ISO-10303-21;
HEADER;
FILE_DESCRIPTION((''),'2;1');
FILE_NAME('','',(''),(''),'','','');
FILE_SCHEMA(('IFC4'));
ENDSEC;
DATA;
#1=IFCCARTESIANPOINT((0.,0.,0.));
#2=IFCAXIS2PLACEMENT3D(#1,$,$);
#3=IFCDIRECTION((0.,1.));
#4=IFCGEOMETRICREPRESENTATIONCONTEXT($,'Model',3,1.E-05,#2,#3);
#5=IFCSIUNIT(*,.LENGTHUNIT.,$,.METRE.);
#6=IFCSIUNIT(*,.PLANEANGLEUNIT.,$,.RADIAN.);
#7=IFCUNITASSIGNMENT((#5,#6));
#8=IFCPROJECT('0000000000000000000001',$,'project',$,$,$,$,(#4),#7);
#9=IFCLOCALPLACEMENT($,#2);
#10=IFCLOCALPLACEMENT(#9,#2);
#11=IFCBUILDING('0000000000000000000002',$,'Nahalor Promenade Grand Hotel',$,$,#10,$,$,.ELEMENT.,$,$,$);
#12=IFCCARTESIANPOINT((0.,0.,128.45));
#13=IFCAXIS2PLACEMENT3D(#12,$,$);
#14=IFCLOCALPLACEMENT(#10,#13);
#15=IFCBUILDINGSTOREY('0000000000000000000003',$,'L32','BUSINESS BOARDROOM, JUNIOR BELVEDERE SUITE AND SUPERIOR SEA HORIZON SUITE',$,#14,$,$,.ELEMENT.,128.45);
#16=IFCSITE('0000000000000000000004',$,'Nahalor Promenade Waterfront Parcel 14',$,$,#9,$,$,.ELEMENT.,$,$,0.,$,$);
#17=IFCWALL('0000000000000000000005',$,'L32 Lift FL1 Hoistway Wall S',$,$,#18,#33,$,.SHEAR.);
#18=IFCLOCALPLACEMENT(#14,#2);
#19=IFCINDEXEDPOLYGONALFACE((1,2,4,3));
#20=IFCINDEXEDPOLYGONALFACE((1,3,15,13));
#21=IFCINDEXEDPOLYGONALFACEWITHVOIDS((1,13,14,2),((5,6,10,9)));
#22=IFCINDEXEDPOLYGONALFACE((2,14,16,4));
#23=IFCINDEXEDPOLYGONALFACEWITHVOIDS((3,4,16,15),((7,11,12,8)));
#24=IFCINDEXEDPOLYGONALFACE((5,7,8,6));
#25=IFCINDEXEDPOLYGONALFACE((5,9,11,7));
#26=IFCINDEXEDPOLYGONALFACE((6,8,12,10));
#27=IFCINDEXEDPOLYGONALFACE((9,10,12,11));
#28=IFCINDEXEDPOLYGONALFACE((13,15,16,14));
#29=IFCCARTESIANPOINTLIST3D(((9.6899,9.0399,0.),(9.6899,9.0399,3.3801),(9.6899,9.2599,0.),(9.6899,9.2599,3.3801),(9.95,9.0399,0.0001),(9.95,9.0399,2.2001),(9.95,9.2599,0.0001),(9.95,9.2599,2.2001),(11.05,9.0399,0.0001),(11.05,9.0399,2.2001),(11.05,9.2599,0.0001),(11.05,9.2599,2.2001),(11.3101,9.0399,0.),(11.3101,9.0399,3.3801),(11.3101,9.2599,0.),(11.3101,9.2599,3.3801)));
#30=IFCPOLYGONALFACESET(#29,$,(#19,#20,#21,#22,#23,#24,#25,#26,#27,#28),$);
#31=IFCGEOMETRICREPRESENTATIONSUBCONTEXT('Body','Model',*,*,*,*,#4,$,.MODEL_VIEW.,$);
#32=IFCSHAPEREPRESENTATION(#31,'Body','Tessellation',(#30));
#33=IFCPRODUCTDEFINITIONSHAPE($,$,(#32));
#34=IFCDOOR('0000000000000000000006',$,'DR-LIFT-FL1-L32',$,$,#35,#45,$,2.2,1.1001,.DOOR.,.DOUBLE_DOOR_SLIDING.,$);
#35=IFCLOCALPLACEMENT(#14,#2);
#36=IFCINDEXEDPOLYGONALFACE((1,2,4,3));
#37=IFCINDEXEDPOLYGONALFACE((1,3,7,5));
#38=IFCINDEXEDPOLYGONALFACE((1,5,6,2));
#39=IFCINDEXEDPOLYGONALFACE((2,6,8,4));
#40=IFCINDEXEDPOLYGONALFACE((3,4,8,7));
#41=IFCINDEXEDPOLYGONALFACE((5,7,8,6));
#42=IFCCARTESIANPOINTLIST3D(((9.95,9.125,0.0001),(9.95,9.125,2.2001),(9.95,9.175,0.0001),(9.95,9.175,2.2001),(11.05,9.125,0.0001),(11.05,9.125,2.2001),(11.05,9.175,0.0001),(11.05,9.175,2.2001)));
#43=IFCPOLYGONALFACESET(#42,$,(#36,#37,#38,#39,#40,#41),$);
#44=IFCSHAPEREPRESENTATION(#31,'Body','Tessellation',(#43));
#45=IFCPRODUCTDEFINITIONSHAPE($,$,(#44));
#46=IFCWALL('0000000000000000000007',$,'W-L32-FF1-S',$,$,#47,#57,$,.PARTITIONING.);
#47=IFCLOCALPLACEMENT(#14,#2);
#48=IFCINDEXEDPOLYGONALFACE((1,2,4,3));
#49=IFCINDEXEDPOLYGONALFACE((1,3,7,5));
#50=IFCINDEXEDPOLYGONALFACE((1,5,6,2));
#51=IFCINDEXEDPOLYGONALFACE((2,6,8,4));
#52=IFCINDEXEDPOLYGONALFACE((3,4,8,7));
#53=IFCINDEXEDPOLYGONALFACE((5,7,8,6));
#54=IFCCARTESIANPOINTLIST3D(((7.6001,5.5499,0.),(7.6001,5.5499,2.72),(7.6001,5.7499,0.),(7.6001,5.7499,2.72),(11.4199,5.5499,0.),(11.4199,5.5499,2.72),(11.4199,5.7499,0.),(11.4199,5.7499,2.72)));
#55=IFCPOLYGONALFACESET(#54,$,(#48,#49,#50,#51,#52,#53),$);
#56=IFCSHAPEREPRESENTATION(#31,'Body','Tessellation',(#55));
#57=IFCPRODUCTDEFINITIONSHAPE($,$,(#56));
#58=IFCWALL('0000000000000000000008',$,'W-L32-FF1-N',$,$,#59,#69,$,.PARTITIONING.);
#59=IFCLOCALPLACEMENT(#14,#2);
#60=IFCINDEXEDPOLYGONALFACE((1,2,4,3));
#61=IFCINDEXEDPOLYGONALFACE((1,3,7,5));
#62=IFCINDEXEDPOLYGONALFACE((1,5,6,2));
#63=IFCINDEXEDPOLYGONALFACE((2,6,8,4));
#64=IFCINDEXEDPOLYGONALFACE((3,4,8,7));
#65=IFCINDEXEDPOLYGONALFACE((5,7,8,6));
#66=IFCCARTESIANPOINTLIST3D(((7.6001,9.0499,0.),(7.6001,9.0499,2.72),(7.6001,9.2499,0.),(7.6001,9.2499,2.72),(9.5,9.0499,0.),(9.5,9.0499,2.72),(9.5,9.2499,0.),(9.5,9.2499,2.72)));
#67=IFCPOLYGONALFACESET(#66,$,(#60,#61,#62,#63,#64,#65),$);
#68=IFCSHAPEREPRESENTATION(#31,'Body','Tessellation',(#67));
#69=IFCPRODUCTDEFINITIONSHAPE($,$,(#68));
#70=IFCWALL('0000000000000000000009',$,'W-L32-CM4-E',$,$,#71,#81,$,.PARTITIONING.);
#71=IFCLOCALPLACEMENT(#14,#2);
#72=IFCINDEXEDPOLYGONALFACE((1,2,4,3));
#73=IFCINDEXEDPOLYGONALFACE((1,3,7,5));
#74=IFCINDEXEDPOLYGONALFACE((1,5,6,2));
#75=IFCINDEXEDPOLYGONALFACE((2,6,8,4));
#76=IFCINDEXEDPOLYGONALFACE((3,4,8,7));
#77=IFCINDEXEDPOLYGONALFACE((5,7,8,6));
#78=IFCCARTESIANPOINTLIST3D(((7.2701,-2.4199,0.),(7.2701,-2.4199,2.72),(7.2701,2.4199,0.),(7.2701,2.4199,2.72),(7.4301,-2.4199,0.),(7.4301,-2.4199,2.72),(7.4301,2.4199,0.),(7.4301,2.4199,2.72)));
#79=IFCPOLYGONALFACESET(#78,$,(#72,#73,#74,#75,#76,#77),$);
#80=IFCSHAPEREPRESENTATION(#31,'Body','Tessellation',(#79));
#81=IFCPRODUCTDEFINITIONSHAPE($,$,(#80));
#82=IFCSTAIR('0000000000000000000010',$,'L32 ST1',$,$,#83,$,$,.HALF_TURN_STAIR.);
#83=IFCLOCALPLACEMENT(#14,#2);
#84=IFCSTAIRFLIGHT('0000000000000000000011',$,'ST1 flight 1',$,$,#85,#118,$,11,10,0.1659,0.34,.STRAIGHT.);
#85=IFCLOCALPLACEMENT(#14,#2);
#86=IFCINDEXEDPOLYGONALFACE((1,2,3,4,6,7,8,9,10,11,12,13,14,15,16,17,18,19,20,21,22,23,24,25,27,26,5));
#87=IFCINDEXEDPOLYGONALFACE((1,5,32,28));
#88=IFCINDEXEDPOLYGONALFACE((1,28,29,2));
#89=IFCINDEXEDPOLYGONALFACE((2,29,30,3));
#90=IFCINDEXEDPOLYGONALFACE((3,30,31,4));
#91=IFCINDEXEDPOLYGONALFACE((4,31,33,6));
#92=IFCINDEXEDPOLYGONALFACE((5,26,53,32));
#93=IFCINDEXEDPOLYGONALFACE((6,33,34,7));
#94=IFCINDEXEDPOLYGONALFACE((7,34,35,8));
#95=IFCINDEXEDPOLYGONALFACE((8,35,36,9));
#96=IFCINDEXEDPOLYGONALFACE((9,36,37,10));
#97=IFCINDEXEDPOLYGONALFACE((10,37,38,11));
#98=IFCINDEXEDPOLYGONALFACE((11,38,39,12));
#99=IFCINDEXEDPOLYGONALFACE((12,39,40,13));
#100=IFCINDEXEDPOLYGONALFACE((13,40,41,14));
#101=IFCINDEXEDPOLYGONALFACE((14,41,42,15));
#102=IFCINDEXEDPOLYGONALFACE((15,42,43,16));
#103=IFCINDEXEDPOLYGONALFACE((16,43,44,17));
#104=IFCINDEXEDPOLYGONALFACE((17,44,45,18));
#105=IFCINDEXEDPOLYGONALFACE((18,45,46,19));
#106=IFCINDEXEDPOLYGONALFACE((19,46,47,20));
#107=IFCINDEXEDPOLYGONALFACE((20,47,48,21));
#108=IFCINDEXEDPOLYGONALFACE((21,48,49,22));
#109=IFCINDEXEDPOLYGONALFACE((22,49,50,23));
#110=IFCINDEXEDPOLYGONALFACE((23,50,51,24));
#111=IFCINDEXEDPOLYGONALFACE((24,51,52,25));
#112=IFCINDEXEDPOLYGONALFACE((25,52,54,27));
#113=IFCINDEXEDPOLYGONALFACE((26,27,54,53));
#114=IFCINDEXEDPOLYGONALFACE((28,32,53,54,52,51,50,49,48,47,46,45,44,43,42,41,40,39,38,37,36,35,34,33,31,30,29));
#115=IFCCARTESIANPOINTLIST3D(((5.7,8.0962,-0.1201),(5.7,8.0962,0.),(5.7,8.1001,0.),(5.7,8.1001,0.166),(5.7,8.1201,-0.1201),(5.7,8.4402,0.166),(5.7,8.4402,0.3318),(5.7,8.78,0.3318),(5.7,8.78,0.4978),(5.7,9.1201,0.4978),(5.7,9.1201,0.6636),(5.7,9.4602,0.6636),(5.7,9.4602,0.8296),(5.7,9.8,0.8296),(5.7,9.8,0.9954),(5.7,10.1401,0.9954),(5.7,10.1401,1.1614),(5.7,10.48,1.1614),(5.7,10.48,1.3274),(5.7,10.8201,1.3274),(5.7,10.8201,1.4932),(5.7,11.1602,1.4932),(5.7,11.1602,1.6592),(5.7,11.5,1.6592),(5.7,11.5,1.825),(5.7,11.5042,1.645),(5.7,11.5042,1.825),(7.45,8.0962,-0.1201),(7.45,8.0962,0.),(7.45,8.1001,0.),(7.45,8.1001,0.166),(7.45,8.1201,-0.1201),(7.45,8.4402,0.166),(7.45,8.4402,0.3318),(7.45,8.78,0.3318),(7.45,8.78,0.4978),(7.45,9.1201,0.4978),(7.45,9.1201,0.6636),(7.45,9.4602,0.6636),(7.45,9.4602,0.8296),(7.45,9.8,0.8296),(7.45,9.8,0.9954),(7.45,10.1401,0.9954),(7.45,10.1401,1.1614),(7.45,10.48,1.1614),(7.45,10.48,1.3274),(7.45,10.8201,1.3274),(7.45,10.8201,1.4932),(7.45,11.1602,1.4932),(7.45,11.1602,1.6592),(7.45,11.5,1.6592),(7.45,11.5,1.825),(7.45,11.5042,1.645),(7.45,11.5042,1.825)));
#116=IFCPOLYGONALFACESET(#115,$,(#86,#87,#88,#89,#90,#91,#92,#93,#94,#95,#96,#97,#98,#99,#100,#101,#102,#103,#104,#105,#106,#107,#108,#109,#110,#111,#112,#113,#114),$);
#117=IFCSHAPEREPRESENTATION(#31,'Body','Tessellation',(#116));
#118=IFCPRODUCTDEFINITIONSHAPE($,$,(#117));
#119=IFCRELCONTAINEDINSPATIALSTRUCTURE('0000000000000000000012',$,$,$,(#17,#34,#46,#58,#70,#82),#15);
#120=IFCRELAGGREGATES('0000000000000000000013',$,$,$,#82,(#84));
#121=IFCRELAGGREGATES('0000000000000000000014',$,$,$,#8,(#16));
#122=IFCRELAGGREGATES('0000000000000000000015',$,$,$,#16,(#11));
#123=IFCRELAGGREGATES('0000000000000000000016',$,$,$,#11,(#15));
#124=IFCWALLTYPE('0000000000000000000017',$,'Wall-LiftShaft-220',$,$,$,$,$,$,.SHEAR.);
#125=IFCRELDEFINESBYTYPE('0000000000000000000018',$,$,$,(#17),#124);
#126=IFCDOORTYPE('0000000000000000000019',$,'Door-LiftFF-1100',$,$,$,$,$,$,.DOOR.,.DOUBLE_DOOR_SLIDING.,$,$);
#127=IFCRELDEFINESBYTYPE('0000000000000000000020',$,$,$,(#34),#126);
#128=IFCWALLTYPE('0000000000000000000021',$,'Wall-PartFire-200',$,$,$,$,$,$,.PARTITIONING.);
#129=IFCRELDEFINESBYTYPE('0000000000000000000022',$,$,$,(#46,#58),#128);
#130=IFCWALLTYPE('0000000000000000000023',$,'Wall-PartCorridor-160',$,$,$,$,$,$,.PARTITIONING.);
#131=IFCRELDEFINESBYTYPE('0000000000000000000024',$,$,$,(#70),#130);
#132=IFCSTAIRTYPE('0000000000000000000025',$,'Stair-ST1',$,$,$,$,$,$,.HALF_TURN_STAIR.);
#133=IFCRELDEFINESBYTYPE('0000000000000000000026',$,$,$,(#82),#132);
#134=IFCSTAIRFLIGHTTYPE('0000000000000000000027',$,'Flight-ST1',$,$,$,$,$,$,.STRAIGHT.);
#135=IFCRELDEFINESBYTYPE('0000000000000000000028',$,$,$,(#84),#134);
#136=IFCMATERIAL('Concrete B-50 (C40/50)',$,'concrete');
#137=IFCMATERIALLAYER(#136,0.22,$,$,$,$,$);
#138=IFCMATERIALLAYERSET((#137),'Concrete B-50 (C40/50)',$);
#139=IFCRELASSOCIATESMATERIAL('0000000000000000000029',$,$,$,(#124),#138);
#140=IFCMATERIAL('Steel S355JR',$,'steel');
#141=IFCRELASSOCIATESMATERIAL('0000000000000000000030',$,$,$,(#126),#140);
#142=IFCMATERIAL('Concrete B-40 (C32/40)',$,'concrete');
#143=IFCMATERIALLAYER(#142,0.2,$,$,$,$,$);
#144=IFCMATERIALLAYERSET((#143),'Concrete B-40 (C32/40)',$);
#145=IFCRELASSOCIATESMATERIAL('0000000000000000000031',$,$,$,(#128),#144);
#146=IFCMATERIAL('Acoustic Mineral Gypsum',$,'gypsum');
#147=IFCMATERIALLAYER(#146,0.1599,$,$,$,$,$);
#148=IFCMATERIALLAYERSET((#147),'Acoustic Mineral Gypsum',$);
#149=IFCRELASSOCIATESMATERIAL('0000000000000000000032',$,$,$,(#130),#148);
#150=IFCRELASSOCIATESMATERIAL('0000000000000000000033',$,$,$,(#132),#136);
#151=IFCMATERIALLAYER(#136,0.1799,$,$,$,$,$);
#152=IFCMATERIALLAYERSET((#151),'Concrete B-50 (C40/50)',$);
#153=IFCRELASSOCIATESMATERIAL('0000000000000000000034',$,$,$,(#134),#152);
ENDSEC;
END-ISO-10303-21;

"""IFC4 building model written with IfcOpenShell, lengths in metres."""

from ifc_helpers import new_model, si_unit, direction, frame, frame_2d, origin, place, context, subcontext, project, spatial, polyline, rectangle, outline, extrude, source, transform, mapped, material, layer, layer_set, type_object, element, fill, aggregate, save


model = new_model("IFC4")

# Units and contexts
model_context = context("Model", 3, precision=1e-05, world=origin(), true_north=direction((0.0, 1.0)))
body_context = subcontext(model_context, "Body", "Model", "MODEL_VIEW")
ifc_project = project(units=[si_unit("LENGTHUNIT", "METRE"), si_unit("PLANEANGLEUNIT", "RADIAN")], contexts=[model_context])

# Site, building, storey
site_placement = place(None, origin())
site = spatial("IfcSite", under=ifc_project, at=site_placement, Name="Nahalor Promenade Waterfront Parcel 14", CompositionType="ELEMENT", RefElevation=0.0)
building_placement = place(site_placement, origin())
building = spatial("IfcBuilding", under=site, at=building_placement, Name="Nahalor Promenade Grand Hotel", CompositionType="ELEMENT")
storey_placement = place(building_placement, frame((0.0, 0.0, 128.45)))
storey = spatial("IfcBuildingStorey", under=building, at=storey_placement, Name="L32", Description="BUSINESS BOARDROOM, JUNIOR BELVEDERE SUITE AND SUPERIOR SEA HORIZON SUITE", CompositionType="ELEMENT", Elevation=128.45)

# Shared definitions
ifc_material_1 = material(Name="Steel S355JR", Category="steel")

# Shared definitions
ifc_material_2 = material(Name="Concrete B-50 (C40/50)", Category="concrete")

# Shared definitions
ifc_layer_1 = layer(ifc_material_2, 0.22)
ifc_layer_set_1 = layer_set([ifc_layer_1], Name="Concrete B-50 (C40/50)")
wall_type_1 = type_object("IfcWallType", Name="Wall-LiftShaft-220", PredefinedType="SHEAR", material=ifc_layer_set_1)

# Wall, opening, door
shared_shape_1 = source(origin(), body_context, "Body", "SweptSolid", [
    extrude(rectangle(XDim=1.6201, YDim=0.22, at=frame_2d((0.8101, 0.0))), origin(), (0.0, 0.0, 1.0), 3.3801),
])
wall_1_placement = place(storey_placement, frame((9.6899, 9.1499, 0.0), z_axis=(0.0, 0.0, 1.0), x_axis=(1.0, 0.0, 0.0)))
wall_1 = element("IfcWall", 1, at=wall_1_placement, inside=storey, type_object=wall_type_1, Name="L32 Lift FL1 Hoistway Wall S", PredefinedType="SHEAR", context=body_context, shape_type="MappedRepresentation", body=[
    mapped(shared_shape_1, transform((0.0, 0.0, 0.0), scale=1.0)),
])
opening_1_placement = place(wall_1_placement, frame((0.26, 0.0, 0.0)))
opening_1 = element("IfcOpeningElement", 2, at=opening_1_placement, cuts=wall_1, PredefinedType="OPENING", context=body_context, shape_type="SweptSolid", body=[
    extrude(rectangle(XDim=1.1001, YDim=2.2, at=frame_2d((0.55, 1.1001))), frame((0.0, 0.1199, 0.0), z_axis=(0.0, -1.0, 0.0), x_axis=(1.0, 0.0, 0.0)), (0.0, 0.0, 1.0), 0.24),
])
door_type_1 = type_object("IfcDoorType", Name="Door-LiftFF-1100", OperationType="DOUBLE_DOOR_SLIDING", PredefinedType="DOOR", material=ifc_material_1)
shared_shape_2 = source(origin(), body_context, "Body", "SweptSolid", [
    extrude(rectangle(XDim=1.1001, YDim=2.2, at=frame_2d((0.55, 1.1001))), frame((0.0, 0.0249, 0.0), z_axis=(0.0, -1.0, 0.0), x_axis=(1.0, 0.0, 0.0)), (0.0, 0.0, 1.0), 0.05),
])
door_1_placement = place(opening_1_placement, frame((1.1001, 0.0, 0.0), z_axis=(0.0, 0.0, 1.0), x_axis=(-1.0, 0.0, 0.0)))
door_1 = element("IfcDoor", 3, at=door_1_placement, inside=storey, type_object=door_type_1, Name="DR-LIFT-FL1-L32", OperationType="DOUBLE_DOOR_SLIDING", OverallHeight=2.2, OverallWidth=1.1001, PredefinedType="DOOR", context=body_context, shape_type="MappedRepresentation", body=[
    mapped(shared_shape_2, transform((0.0, 0.0, 0.0), scale=1.0)),
])
fill(opening_1, door_1)

# Walls
ifc_material_3 = material(Name="Concrete B-40 (C32/40)", Category="concrete")
ifc_layer_2 = layer(ifc_material_3, 0.2)
ifc_layer_set_2 = layer_set([ifc_layer_2], Name="Concrete B-40 (C32/40)")
wall_type_2 = type_object("IfcWallType", Name="Wall-PartFire-200", PredefinedType="PARTITIONING", material=ifc_layer_set_2)
shared_shape_3 = source(origin(), body_context, "Body", "SweptSolid", [
    extrude(rectangle(XDim=3.8198, YDim=0.2, at=frame_2d((1.9099, 0.0))), origin(), (0.0, 0.0, 1.0), 2.72),
])
wall_2_placement = place(storey_placement, frame((7.6001, 5.6499, 0.0), z_axis=(0.0, 0.0, 1.0), x_axis=(1.0, 0.0, 0.0)))
element("IfcWall", 4, at=wall_2_placement, inside=storey, type_object=wall_type_2, Name="W-L32-FF1-S", PredefinedType="PARTITIONING", context=body_context, shape_type="MappedRepresentation", body=[
    mapped(shared_shape_3, transform((0.0, 0.0, 0.0), scale=1.0)),
])
shared_shape_4 = source(origin(), body_context, "Body", "SweptSolid", [
    extrude(rectangle(XDim=1.8999, YDim=0.2, at=frame_2d((0.95, 0.0))), origin(), (0.0, 0.0, 1.0), 2.72),
])
wall_3_placement = place(storey_placement, frame((7.6001, 9.1499, 0.0), z_axis=(0.0, 0.0, 1.0), x_axis=(1.0, 0.0, 0.0)))
element("IfcWall", 5, at=wall_3_placement, inside=storey, type_object=wall_type_2, Name="W-L32-FF1-N", PredefinedType="PARTITIONING", context=body_context, shape_type="MappedRepresentation", body=[
    mapped(shared_shape_4, transform((0.0, 0.0, 0.0), scale=1.0)),
])

# Wall
ifc_material_4 = material(Name="Acoustic Mineral Gypsum", Category="gypsum")
ifc_layer_3 = layer(ifc_material_4, 0.1599)
ifc_layer_set_3 = layer_set([ifc_layer_3], Name="Acoustic Mineral Gypsum")
wall_type_3 = type_object("IfcWallType", Name="Wall-PartCorridor-160", PredefinedType="PARTITIONING", material=ifc_layer_set_3)
shared_shape_5 = source(origin(), body_context, "Body", "SweptSolid", [
    extrude(rectangle(XDim=4.8398, YDim=0.1599, at=frame_2d((2.4199, 0.0))), origin(), (0.0, 0.0, 1.0), 2.72),
])
wall_4_placement = place(storey_placement, frame((7.3501, -2.4199, 0.0), z_axis=(0.0, 0.0, 1.0), x_axis=(0.0, 1.0, 0.0)))
element("IfcWall", 6, at=wall_4_placement, inside=storey, type_object=wall_type_3, Name="W-L32-CM4-E", PredefinedType="PARTITIONING", context=body_context, shape_type="MappedRepresentation", body=[
    mapped(shared_shape_5, transform((0.0, 0.0, 0.0), scale=1.0)),
])

# Stair, stair flight
stair_type = type_object("IfcStairType", Name="Stair-ST1", PredefinedType="HALF_TURN_STAIR", material=ifc_material_2)
stair_placement = place(storey_placement, origin())
stair = element("IfcStair", 7, at=stair_placement, inside=storey, type_object=stair_type, Name="L32 ST1", PredefinedType="HALF_TURN_STAIR")
ifc_layer_4 = layer(ifc_material_2, 0.1799)
ifc_layer_set_4 = layer_set([ifc_layer_4], Name="Concrete B-50 (C40/50)")
stair_flight_type = type_object("IfcStairFlightType", Name="Flight-ST1", PredefinedType="STRAIGHT", material=ifc_layer_set_4)
shared_shape_6 = source(origin(), body_context, "Body", "SweptSolid", [
    extrude(outline(polyline([(-0.0039, -0.1201), (-0.0039, 0.0), (0.0, 0.0), (0.0, 0.166), (0.3401, 0.166), (0.3401, 0.3318), (0.6799, 0.3318), (0.6799, 0.4978), (1.02, 0.4978), (1.02, 0.6636), (1.3601, 0.6636), (1.3601, 0.8296), (1.7, 0.8296), (1.7, 0.9954), (2.04, 0.9954), (2.04, 1.1614), (2.3799, 1.1614), (2.3799, 1.3274), (2.72, 1.3274), (2.72, 1.4932), (3.0601, 1.4932), (3.0601, 1.6592), (3.3999, 1.6592), (3.3999, 1.825), (3.4041, 1.825), (3.4041, 1.645), (0.02, -0.1201), (-0.0039, -0.1201)])), frame((0.0, 0.875, 0.0), z_axis=(0.0, -1.0, 0.0), x_axis=(1.0, 0.0, 0.0)), (0.0, 0.0, 1.0), 1.75),
])
stair_flight_placement = place(storey_placement, frame((6.575, 8.1001, 0.0), z_axis=(0.0, 0.0, 1.0), x_axis=(0.0, 1.0, 0.0)))
stair_flight = element("IfcStairFlight", 8, at=stair_flight_placement, type_object=stair_flight_type, Name="ST1 flight 1", NumberOfRisers=11, NumberOfTreads=10, PredefinedType="STRAIGHT", RiserHeight=0.1659, TreadLength=0.34, context=body_context, shape_type="MappedRepresentation", body=[
    mapped(shared_shape_6, transform((0.0, 0.0, 0.0), scale=1.0)),
])
aggregate(stair, [stair_flight])

save(model, "model.ifc")
